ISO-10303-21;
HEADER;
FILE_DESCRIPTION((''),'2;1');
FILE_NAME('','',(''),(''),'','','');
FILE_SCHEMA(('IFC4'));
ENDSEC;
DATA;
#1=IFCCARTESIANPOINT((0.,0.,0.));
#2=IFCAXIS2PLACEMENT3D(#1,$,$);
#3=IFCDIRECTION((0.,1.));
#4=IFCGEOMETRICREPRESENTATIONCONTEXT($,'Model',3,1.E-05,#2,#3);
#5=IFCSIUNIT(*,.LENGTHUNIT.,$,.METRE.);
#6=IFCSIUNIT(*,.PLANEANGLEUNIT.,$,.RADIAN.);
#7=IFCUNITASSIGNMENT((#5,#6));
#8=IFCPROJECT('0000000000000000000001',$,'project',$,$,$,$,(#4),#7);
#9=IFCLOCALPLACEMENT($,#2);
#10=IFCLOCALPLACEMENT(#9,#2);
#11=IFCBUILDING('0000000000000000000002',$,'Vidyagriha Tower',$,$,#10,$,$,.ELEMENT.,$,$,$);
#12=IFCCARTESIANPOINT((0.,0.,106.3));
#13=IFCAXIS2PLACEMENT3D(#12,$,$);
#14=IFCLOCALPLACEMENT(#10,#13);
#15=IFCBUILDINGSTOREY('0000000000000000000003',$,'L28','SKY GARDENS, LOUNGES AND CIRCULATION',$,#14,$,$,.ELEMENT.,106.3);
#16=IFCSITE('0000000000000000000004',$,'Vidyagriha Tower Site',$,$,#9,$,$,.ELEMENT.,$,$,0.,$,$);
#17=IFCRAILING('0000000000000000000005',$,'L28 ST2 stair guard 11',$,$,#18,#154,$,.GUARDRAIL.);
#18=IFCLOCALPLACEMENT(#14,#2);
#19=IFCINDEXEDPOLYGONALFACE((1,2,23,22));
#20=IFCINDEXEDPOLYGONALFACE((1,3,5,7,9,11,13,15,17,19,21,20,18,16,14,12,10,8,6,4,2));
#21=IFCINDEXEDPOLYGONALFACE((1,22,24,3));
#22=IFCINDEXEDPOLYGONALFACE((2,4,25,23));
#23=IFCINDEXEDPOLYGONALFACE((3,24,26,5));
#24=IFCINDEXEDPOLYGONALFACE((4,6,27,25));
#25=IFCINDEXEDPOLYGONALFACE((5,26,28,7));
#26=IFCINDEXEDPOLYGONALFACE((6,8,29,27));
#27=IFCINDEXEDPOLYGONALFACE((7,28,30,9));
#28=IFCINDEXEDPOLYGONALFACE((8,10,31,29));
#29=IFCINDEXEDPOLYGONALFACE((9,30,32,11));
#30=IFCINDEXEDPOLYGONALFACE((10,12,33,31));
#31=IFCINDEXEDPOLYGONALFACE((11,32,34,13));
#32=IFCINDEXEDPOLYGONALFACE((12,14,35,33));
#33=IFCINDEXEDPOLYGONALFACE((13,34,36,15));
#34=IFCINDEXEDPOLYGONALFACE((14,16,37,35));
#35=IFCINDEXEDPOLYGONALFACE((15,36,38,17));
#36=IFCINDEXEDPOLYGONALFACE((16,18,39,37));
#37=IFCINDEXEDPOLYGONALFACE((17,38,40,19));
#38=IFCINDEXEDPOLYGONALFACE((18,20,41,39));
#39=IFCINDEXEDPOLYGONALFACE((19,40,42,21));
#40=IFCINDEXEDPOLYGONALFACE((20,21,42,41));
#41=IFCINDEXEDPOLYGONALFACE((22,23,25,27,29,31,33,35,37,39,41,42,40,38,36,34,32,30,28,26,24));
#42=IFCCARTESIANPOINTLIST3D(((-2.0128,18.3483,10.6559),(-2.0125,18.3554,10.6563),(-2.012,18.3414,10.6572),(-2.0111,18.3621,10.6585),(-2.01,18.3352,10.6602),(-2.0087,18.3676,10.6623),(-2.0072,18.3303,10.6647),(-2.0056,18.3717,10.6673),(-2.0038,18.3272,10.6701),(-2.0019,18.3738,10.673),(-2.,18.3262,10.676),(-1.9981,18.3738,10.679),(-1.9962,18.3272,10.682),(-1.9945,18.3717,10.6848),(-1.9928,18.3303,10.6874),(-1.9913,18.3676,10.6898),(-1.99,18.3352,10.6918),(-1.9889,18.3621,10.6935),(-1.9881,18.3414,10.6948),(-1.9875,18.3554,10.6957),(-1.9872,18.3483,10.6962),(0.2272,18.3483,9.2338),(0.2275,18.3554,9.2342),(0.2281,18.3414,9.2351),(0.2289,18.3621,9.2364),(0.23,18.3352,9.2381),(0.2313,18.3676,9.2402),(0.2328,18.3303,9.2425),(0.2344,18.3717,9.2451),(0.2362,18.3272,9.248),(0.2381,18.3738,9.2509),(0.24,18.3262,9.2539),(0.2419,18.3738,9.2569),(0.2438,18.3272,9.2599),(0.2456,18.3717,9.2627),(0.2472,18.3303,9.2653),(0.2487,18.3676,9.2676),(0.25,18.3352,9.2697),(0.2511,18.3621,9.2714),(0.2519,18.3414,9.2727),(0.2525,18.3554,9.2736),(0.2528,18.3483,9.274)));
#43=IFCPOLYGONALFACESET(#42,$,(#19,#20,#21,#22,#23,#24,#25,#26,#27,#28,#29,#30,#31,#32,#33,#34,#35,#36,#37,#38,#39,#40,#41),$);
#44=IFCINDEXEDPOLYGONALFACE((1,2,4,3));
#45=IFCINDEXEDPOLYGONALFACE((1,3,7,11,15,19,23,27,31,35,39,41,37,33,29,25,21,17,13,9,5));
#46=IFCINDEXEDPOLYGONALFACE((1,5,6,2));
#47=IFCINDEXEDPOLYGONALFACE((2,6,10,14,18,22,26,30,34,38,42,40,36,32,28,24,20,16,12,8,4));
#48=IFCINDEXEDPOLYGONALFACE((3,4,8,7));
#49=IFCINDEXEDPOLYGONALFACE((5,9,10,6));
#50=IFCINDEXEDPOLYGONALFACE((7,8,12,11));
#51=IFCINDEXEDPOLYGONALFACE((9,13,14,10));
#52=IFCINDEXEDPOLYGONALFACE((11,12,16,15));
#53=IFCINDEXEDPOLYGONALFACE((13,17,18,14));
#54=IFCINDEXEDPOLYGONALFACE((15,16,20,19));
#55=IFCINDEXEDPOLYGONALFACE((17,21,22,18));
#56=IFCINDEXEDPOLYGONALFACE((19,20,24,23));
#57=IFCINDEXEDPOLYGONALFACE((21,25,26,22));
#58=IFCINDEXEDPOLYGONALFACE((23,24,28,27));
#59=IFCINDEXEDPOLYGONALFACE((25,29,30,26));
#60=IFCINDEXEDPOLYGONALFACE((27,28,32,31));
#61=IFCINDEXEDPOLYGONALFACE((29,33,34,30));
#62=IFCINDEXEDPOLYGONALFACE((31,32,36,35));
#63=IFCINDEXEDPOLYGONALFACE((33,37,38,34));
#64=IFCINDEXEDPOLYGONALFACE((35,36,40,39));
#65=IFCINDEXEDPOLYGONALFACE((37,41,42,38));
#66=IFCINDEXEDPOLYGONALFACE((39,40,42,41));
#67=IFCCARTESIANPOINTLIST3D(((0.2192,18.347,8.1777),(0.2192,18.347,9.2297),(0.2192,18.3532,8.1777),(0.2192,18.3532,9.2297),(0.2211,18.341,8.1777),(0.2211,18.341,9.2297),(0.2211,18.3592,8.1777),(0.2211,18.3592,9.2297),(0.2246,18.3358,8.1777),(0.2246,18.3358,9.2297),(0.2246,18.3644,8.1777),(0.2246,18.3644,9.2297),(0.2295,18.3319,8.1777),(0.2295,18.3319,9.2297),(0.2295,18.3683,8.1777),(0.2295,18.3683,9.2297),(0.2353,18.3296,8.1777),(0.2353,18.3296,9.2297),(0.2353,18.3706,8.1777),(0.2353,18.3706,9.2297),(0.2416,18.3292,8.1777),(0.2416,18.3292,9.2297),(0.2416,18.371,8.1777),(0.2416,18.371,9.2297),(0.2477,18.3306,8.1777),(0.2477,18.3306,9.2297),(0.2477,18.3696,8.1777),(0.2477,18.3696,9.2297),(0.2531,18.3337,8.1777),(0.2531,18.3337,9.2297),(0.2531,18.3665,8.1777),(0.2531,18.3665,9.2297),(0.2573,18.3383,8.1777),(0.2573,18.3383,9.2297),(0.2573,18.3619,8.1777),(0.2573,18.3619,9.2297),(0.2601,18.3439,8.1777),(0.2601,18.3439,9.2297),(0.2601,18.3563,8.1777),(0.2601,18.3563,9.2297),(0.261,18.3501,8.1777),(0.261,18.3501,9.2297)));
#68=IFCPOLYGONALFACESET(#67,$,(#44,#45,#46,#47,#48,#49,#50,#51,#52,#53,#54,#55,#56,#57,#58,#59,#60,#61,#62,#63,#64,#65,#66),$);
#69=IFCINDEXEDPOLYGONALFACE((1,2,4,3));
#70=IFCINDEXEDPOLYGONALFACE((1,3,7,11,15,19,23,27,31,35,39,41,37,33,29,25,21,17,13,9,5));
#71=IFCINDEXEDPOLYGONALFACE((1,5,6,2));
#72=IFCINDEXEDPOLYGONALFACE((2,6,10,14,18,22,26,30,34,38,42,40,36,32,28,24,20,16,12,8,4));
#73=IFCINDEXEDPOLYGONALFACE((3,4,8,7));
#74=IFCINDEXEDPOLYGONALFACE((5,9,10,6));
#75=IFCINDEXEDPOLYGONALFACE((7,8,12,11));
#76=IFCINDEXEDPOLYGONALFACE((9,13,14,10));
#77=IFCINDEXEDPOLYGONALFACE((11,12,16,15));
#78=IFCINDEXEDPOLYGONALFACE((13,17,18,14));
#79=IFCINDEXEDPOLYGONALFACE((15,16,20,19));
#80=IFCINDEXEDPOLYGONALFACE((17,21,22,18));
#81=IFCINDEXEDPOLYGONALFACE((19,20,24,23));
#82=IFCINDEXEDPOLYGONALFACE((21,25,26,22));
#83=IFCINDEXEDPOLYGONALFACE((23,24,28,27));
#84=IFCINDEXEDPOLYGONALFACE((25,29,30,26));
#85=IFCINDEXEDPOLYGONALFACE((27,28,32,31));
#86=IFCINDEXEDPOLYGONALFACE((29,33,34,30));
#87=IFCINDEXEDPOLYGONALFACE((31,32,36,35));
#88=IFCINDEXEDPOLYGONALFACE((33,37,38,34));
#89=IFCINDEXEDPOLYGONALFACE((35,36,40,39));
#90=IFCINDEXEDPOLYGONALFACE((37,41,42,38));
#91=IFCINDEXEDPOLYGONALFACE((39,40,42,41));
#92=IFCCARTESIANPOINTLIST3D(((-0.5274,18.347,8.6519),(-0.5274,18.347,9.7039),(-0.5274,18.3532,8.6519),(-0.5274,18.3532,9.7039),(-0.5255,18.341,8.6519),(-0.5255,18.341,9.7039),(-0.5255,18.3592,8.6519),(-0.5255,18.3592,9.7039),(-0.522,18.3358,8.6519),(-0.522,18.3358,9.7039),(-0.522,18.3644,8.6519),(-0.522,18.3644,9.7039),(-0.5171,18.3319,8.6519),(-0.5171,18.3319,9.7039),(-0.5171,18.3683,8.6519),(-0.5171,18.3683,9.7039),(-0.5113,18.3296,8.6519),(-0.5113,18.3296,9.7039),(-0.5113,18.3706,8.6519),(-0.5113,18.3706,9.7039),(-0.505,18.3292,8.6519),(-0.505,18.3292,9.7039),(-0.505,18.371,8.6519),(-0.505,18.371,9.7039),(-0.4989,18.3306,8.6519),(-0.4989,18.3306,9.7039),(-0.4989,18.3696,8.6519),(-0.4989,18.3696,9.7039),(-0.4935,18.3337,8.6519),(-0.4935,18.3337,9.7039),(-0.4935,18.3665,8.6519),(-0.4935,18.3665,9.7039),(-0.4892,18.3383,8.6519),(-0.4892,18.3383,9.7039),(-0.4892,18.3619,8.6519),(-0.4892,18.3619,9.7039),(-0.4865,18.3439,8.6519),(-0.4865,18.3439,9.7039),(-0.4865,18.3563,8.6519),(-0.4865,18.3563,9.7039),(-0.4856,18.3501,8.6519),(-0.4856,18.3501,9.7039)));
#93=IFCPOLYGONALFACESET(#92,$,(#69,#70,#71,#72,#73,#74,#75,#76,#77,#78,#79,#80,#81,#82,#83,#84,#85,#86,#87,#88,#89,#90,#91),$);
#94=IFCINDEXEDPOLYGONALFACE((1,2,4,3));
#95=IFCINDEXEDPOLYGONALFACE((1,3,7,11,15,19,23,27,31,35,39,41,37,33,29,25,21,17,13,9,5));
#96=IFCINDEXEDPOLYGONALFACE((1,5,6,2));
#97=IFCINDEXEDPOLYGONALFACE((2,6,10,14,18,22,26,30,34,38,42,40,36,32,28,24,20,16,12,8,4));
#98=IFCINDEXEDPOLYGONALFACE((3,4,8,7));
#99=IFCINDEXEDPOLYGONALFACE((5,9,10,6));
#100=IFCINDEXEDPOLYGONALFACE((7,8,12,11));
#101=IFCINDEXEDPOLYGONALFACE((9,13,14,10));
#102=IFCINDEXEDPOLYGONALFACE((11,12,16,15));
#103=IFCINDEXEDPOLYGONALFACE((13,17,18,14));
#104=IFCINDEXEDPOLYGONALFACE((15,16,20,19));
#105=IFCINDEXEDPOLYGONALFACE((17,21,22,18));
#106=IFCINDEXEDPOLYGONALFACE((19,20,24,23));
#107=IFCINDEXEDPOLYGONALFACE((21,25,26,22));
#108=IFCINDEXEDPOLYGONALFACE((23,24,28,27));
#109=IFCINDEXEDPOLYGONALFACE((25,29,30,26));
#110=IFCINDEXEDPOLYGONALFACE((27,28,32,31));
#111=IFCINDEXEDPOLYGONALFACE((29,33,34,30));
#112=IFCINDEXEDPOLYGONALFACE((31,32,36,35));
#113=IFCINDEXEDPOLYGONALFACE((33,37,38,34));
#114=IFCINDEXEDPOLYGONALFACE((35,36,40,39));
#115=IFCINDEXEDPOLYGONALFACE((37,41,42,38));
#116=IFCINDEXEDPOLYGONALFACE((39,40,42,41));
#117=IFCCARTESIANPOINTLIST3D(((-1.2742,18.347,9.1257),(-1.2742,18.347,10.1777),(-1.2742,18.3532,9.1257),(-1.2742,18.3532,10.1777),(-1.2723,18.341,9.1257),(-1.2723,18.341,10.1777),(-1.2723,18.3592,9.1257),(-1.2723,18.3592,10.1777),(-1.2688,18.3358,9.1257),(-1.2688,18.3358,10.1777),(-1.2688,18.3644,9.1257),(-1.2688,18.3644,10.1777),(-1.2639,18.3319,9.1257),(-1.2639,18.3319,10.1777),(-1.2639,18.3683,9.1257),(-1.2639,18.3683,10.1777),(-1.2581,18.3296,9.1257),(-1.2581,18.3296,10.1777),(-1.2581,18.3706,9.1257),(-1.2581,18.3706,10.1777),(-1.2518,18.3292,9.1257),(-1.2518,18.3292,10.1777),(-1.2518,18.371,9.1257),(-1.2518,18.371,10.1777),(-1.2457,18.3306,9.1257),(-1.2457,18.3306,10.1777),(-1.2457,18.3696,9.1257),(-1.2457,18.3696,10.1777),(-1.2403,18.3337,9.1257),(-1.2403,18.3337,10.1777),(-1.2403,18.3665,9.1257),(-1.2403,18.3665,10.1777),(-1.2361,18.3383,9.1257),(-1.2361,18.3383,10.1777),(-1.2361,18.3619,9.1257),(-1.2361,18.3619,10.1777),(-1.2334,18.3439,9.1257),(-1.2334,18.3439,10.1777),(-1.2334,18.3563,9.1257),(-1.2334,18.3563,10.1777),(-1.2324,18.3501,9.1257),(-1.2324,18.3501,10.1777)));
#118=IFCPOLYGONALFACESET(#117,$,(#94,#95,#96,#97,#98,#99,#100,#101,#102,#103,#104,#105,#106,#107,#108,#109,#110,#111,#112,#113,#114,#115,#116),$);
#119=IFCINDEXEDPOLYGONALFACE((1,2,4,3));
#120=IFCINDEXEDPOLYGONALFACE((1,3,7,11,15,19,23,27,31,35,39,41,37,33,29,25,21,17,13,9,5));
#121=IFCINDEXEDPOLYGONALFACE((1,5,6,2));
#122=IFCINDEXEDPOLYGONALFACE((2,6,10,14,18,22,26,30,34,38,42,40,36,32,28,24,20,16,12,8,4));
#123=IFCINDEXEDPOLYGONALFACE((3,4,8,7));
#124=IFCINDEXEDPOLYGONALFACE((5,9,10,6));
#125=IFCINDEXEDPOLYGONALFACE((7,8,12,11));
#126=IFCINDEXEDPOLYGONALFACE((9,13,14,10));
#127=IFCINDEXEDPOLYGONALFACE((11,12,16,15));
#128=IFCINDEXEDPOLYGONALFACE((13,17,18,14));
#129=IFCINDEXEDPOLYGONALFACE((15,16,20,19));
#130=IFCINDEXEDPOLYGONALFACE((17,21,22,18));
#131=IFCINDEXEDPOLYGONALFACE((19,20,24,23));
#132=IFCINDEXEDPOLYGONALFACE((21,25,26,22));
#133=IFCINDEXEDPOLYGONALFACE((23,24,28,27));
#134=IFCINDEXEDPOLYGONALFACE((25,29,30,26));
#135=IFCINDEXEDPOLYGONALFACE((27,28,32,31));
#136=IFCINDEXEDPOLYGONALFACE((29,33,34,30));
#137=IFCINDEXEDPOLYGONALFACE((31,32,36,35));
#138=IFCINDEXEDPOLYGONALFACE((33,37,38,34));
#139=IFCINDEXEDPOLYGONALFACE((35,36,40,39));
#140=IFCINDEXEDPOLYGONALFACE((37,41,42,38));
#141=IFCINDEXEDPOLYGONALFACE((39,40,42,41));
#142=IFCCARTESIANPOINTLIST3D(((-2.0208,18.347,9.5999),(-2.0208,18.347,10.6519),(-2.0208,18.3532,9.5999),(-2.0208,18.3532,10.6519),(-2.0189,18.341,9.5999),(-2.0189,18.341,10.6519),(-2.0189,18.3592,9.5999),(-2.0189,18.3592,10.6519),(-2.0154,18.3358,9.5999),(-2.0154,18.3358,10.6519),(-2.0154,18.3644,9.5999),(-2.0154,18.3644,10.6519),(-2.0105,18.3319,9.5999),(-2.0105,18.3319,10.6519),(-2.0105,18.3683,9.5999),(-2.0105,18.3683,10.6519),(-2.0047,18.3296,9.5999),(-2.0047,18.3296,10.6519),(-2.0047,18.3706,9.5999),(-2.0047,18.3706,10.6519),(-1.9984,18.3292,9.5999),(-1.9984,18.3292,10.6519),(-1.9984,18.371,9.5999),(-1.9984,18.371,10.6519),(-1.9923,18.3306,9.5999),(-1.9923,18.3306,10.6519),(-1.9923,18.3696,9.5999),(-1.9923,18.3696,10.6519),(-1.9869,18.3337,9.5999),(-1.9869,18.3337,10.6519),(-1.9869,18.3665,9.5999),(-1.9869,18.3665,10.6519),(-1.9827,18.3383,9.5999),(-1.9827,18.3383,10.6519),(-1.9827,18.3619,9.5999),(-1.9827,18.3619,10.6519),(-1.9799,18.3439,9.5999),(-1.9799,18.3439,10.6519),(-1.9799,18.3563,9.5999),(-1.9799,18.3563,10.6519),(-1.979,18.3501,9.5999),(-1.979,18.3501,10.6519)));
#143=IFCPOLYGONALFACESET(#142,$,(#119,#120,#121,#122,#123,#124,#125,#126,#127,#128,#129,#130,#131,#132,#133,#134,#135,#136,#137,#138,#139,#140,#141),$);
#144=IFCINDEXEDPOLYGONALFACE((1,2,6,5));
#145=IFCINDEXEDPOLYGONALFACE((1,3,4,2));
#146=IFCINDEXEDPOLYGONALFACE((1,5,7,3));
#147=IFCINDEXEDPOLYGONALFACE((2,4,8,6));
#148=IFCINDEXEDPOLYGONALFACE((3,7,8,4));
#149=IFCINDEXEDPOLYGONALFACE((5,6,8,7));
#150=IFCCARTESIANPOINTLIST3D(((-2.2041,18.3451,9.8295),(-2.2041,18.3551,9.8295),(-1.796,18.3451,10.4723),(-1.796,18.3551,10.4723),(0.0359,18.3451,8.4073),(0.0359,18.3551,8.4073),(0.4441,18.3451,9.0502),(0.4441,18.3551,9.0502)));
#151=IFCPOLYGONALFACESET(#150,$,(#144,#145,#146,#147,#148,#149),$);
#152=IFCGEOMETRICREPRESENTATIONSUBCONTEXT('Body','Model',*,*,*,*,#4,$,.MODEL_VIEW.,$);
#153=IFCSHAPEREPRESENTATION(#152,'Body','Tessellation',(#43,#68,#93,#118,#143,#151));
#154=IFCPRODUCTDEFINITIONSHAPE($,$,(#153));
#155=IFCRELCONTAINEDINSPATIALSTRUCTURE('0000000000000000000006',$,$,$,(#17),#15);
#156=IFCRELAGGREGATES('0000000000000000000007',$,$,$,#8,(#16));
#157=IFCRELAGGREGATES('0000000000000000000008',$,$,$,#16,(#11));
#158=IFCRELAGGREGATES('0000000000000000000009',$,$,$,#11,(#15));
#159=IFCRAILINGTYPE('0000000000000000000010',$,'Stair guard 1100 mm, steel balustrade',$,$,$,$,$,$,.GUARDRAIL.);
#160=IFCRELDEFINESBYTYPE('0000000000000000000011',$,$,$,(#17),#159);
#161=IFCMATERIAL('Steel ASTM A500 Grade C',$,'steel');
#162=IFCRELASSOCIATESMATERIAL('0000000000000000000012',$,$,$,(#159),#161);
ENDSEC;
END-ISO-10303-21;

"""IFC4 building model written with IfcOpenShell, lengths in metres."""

from ifc_helpers import new_model, si_unit, direction, frame, origin, origin_2d, place, context, subcontext, project, spatial, rectangle, circle, extrude, material, type_object, element, save


model = new_model("IFC4")

# Units and contexts
model_context = context("Model", 3, precision=1e-05, world=origin(), true_north=direction((0.0, 1.0)))
body_context = subcontext(model_context, "Body", "Model", "MODEL_VIEW")
ifc_project = project(units=[si_unit("LENGTHUNIT", "METRE"), si_unit("PLANEANGLEUNIT", "RADIAN")], contexts=[model_context])

# Site, building, storey
site_placement = place(None, origin())
site = spatial("IfcSite", under=ifc_project, at=site_placement, Name="Vidyagriha Tower Site", CompositionType="ELEMENT", RefElevation=0.0)
building_placement = place(site_placement, origin())
building = spatial("IfcBuilding", under=site, at=building_placement, Name="Vidyagriha Tower", CompositionType="ELEMENT")
storey_placement = place(building_placement, frame((0.0, 0.0, 106.3)))
storey = spatial("IfcBuildingStorey", under=building, at=storey_placement, Name="L28", Description="SKY GARDENS, LOUNGES AND CIRCULATION", CompositionType="ELEMENT", Elevation=106.3)

# Railing
ifc_material_1 = material(Name="Steel ASTM A500 Grade C", Category="steel")
railing_type_1 = type_object("IfcRailingType", Name="Stair guard 1100 mm, steel balustrade", PredefinedType="GUARDRAIL", material=ifc_material_1)
railing_1_placement = place(storey_placement, frame((0.24, 18.3501, 8.1777)))
element("IfcRailing", 1, at=railing_1_placement, inside=storey, type_object=railing_type_1, Name="L28 ST2 stair guard 11", PredefinedType="GUARDRAIL", context=body_context, shape_type="SweptSolid", body=[
    extrude(circle(Radius=0.0239, at=origin_2d()), frame((0.0, 0.0, 1.0762), z_axis=(-0.844229, 0.0, 0.535982), x_axis=(0.0, -1.0, 0.0)), (0.0, 0.0, 1.0), 2.6533),
    extrude(circle(Radius=0.021, at=origin_2d()), origin(), (0.0, 0.0, 1.0), 1.052),
    extrude(circle(Radius=0.021, at=origin_2d()), frame((-0.7466, 0.0, 0.4741)), (0.0, 0.0, 1.0), 1.052),
    extrude(circle(Radius=0.021, at=origin_2d()), frame((-1.4934, 0.0, 0.948)), (0.0, 0.0, 1.0), 1.052),
    extrude(circle(Radius=0.021, at=origin_2d()), frame((-2.24, 0.0, 1.4221)), (0.0, 0.0, 1.0), 1.052),
    extrude(rectangle(XDim=0.01, YDim=0.7615, at=origin_2d()), frame((0.0, 0.0, 0.551), z_axis=(-0.844229, 0.0, 0.535982), x_axis=(0.0, -1.0, 0.0)), (0.0, 0.0, 1.0), 2.6533),
])

save(model, "model.ifc")
